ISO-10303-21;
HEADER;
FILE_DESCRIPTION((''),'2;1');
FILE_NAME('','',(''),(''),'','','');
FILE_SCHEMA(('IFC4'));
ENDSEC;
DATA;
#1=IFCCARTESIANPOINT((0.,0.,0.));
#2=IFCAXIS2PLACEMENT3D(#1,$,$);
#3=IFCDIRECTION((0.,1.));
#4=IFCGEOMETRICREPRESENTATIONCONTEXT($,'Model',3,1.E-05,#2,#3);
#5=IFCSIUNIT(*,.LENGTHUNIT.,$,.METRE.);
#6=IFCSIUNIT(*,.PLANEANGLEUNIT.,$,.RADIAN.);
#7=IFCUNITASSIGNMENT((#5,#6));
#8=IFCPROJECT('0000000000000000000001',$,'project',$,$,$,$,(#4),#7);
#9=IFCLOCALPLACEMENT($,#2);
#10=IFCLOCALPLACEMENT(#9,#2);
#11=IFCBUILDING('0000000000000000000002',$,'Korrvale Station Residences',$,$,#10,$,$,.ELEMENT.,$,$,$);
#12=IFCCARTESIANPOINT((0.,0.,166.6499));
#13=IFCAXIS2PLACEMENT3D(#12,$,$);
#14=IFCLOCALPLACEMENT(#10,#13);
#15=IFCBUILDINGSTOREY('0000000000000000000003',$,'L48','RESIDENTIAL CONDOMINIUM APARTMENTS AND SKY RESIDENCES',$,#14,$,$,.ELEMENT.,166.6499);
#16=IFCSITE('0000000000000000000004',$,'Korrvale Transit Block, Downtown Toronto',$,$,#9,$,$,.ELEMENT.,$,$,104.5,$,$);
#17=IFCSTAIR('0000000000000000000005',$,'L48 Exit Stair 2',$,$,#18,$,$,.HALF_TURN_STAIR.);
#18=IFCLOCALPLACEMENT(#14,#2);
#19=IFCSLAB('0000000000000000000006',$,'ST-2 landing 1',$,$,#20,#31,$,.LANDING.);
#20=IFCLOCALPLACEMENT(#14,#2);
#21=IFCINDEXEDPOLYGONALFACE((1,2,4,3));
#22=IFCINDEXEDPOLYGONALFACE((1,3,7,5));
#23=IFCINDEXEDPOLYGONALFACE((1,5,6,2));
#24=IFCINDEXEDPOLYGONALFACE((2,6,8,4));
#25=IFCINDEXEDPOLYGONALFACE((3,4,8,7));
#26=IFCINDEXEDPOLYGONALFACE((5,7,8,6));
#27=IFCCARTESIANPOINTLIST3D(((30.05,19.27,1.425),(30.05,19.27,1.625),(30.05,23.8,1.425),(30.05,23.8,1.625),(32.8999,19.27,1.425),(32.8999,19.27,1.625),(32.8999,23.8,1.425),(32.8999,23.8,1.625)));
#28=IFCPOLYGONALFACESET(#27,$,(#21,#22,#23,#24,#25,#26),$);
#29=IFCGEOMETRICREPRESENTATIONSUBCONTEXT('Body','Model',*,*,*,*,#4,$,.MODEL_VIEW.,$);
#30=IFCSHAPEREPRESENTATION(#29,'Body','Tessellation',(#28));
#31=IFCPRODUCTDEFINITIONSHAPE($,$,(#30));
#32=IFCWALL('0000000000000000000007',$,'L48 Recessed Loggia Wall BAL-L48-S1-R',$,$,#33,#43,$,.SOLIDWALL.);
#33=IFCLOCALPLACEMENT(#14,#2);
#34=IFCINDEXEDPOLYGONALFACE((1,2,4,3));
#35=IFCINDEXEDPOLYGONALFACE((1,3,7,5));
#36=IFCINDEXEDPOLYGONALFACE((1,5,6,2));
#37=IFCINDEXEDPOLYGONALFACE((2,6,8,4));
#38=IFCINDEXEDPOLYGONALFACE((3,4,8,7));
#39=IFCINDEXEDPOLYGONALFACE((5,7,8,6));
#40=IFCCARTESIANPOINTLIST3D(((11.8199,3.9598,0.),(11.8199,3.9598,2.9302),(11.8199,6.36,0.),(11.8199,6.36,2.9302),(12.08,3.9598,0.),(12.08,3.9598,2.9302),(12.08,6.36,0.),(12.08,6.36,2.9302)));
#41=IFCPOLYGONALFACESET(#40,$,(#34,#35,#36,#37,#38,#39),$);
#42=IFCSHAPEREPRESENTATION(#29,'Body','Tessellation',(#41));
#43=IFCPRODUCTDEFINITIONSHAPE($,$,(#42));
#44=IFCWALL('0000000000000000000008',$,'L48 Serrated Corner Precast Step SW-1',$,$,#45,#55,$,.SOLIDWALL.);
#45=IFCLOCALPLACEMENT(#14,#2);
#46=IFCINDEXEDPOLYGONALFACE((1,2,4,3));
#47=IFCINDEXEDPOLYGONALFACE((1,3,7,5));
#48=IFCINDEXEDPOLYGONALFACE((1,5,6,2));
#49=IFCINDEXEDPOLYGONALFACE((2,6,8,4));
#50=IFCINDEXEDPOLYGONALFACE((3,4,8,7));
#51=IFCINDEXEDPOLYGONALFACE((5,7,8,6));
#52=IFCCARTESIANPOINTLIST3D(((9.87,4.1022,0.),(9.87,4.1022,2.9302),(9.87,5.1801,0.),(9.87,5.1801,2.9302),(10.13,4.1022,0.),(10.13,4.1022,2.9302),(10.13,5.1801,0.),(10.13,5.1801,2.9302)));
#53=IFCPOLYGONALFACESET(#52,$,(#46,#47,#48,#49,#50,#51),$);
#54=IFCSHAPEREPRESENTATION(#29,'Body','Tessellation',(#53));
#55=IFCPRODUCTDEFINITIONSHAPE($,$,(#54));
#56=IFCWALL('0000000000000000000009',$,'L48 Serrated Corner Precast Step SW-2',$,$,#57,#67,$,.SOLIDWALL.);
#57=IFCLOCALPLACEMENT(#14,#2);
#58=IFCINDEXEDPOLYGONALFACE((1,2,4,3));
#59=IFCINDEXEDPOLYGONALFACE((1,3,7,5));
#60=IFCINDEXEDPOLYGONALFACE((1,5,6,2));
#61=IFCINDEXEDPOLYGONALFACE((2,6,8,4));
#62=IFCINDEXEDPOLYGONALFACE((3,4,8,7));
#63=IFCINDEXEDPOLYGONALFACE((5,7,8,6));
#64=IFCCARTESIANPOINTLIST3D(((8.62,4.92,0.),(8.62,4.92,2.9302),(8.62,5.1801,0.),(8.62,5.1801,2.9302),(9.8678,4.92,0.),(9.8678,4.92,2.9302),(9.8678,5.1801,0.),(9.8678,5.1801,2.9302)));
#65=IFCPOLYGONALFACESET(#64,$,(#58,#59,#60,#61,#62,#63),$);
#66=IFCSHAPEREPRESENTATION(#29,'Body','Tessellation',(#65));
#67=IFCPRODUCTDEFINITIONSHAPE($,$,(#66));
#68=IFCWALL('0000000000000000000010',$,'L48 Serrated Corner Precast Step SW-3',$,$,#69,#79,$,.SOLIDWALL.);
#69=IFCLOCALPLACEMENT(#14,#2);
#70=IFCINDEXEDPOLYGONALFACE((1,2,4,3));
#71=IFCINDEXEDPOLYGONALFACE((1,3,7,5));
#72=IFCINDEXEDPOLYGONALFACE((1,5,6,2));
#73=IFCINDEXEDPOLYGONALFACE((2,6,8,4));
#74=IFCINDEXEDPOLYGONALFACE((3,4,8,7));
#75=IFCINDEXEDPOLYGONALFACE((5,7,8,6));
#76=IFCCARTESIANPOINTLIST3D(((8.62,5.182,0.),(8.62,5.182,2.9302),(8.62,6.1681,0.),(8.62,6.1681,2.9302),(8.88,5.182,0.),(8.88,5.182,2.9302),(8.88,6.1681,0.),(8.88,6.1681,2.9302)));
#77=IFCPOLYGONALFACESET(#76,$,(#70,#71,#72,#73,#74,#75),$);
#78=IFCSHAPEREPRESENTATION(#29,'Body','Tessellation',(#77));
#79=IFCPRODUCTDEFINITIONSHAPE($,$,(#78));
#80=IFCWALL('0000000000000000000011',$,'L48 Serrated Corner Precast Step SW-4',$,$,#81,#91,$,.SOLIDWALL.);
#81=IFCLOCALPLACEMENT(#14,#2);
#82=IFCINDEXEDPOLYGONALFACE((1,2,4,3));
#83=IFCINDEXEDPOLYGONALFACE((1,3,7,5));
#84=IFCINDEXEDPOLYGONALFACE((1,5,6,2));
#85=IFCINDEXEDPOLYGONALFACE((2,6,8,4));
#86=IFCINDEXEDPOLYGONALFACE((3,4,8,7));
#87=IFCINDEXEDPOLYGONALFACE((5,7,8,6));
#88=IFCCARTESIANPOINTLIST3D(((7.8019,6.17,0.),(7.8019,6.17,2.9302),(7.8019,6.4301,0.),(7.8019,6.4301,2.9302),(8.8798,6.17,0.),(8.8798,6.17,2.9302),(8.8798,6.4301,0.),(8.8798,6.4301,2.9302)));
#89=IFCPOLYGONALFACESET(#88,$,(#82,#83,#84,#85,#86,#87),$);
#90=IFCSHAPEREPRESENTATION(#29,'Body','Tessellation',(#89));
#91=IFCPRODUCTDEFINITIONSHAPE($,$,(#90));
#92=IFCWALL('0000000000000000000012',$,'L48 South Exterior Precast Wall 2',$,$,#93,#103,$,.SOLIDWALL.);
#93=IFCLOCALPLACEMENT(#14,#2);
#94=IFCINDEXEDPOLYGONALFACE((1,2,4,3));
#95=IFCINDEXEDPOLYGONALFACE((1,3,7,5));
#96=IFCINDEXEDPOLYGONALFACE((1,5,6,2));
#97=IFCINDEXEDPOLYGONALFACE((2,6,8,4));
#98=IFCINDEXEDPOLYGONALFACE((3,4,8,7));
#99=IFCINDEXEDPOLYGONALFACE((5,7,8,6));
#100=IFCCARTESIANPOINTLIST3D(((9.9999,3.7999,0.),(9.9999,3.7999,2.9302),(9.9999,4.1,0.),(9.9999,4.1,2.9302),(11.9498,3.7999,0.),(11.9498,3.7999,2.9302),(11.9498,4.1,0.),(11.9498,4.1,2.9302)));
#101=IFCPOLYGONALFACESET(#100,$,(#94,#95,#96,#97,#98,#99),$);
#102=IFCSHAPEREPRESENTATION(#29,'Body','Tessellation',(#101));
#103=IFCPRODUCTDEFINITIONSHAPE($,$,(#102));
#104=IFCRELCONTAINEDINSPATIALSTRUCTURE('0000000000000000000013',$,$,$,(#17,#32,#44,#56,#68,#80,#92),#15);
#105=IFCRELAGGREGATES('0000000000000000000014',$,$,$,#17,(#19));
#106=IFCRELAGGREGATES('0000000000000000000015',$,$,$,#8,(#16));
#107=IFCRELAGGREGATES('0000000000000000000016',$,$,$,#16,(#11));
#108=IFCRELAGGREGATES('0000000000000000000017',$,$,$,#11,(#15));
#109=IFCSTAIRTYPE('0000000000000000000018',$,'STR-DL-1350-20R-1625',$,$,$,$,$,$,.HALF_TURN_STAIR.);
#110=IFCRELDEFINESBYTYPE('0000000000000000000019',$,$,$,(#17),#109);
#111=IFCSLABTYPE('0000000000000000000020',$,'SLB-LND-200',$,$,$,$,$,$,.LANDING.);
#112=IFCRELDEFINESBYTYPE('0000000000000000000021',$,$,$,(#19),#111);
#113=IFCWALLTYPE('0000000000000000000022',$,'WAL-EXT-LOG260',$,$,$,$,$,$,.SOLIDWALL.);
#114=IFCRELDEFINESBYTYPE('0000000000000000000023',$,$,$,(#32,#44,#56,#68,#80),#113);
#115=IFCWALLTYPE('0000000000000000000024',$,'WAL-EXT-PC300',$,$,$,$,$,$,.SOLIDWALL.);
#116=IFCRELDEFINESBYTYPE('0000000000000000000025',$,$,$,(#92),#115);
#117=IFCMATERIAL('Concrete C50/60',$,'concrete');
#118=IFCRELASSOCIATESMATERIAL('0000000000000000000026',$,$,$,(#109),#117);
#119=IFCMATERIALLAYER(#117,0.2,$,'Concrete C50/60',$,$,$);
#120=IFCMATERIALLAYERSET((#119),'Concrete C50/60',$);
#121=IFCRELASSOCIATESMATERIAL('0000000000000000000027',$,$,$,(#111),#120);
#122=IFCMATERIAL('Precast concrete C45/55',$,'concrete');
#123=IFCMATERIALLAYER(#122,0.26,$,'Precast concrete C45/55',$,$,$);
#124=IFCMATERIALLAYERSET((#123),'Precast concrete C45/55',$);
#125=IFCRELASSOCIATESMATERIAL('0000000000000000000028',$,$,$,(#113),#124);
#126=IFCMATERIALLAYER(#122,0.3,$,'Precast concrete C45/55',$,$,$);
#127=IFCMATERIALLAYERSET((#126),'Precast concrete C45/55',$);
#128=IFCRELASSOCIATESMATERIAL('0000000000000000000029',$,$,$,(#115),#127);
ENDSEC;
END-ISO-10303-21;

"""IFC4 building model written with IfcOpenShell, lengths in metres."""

from ifc_helpers import new_model, si_unit, direction, frame, frame_2d, origin, place, context, subcontext, project, spatial, polyline, rectangle, outline, extrude, material, layer, layer_set, type_object, element, aggregate, save


model = new_model("IFC4")

# Units and contexts
model_context = context("Model", 3, precision=1e-05, world=origin(), true_north=direction((0.0, 1.0)))
body_context = subcontext(model_context, "Body", "Model", "MODEL_VIEW")
ifc_project = project(units=[si_unit("LENGTHUNIT", "METRE"), si_unit("PLANEANGLEUNIT", "RADIAN")], contexts=[model_context])

# Site, building, storey
site_placement = place(None, origin())
site = spatial("IfcSite", under=ifc_project, at=site_placement, Name="Korrvale Transit Block, Downtown Toronto", CompositionType="ELEMENT", RefElevation=104.5)
building_placement = place(site_placement, origin())
building = spatial("IfcBuilding", under=site, at=building_placement, Name="Korrvale Station Residences", CompositionType="ELEMENT")
storey_placement = place(building_placement, frame((0.0, 0.0, 166.6499)))
storey = spatial("IfcBuildingStorey", under=building, at=storey_placement, Name="L48", Description="RESIDENTIAL CONDOMINIUM APARTMENTS AND SKY RESIDENCES", CompositionType="ELEMENT", Elevation=166.6499)

# Shared definitions
ifc_material_1 = material(Name="Concrete C50/60", Category="concrete")

# Stair, slab
stair_type = type_object("IfcStairType", Name="STR-DL-1350-20R-1625", PredefinedType="HALF_TURN_STAIR", material=ifc_material_1)
ifc_layer_1 = layer(ifc_material_1, 0.2, Name="Concrete C50/60")
ifc_layer_set_1 = layer_set([ifc_layer_1], Name="Concrete C50/60")
slab_type_1 = type_object("IfcSlabType", Name="SLB-LND-200", PredefinedType="LANDING", material=ifc_layer_set_1)
stair_1_placement = place(storey_placement, origin())
stair_1 = element("IfcStair", 1, at=stair_1_placement, inside=storey, type_object=stair_type, Name="L48 Exit Stair 2", PredefinedType="HALF_TURN_STAIR")
slab_1_placement = place(storey_placement, frame((0.0, 0.0, 1.425)))
slab_1 = element("IfcSlab", 2, at=slab_1_placement, type_object=slab_type_1, Name="ST-2 landing 1", PredefinedType="LANDING", context=body_context, shape_type="SweptSolid", body=[
    extrude(outline(polyline([(32.8999, 19.27), (32.8999, 23.8), (30.05, 23.8), (30.05, 19.27), (32.8999, 19.27)])), origin(), (0.0, 0.0, 1.0), 0.2),
])
aggregate(stair_1, [slab_1])

# Walls
ifc_material_2 = material(Name="Precast concrete C45/55", Category="concrete")
ifc_layer_2 = layer(ifc_material_2, 0.26, Name="Precast concrete C45/55")
ifc_layer_set_2 = layer_set([ifc_layer_2], Name="Precast concrete C45/55")
wall_type_1 = type_object("IfcWallType", Name="WAL-EXT-LOG260", PredefinedType="SOLIDWALL", material=ifc_layer_set_2)
wall_1_placement = place(storey_placement, frame((11.95, 6.3601, 0.0), z_axis=(0.0, 0.0, 1.0), x_axis=(0.0, -1.0, 0.0)))
element("IfcWall", 3, at=wall_1_placement, inside=storey, type_object=wall_type_1, Name="L48 Recessed Loggia Wall BAL-L48-S1-R", PredefinedType="SOLIDWALL", context=body_context, shape_type="SweptSolid", body=[
    extrude(rectangle(XDim=2.4001, YDim=0.26, at=frame_2d((1.2002, 0.0))), origin(), (0.0, 0.0, 1.0), 2.9302),
])
wall_2_placement = place(storey_placement, frame((10.0, 4.1021, 0.0), z_axis=(0.0, 0.0, 1.0), x_axis=(0.0, 1.0, 0.0)))
element("IfcWall", 4, at=wall_2_placement, inside=storey, type_object=wall_type_1, Name="L48 Serrated Corner Precast Step SW-1", PredefinedType="SOLIDWALL", context=body_context, shape_type="SweptSolid", body=[
    extrude(rectangle(XDim=1.0779, YDim=0.26, at=frame_2d((0.5391, 0.0))), origin(), (0.0, 0.0, 1.0), 2.9302),
])
wall_3_placement = place(storey_placement, frame((9.8679, 5.05, 0.0), z_axis=(0.0, 0.0, 1.0), x_axis=(-1.0, 0.0, 0.0)))
element("IfcWall", 5, at=wall_3_placement, inside=storey, type_object=wall_type_1, Name="L48 Serrated Corner Precast Step SW-2", PredefinedType="SOLIDWALL", context=body_context, shape_type="SweptSolid", body=[
    extrude(rectangle(XDim=1.2478, YDim=0.26, at=frame_2d((0.624, 0.0))), origin(), (0.0, 0.0, 1.0), 2.9302),
])
wall_4_placement = place(storey_placement, frame((8.75, 5.1819, 0.0), z_axis=(0.0, 0.0, 1.0), x_axis=(0.0, 1.0, 0.0)))
element("IfcWall", 6, at=wall_4_placement, inside=storey, type_object=wall_type_1, Name="L48 Serrated Corner Precast Step SW-3", PredefinedType="SOLIDWALL", context=body_context, shape_type="SweptSolid", body=[
    extrude(rectangle(XDim=0.9861, YDim=0.26, at=frame_2d((0.4932, 0.0))), origin(), (0.0, 0.0, 1.0), 2.9302),
])
wall_5_placement = place(storey_placement, frame((8.8799, 6.3, 0.0), z_axis=(0.0, 0.0, 1.0), x_axis=(-1.0, 0.0, 0.0)))
element("IfcWall", 7, at=wall_5_placement, inside=storey, type_object=wall_type_1, Name="L48 Serrated Corner Precast Step SW-4", PredefinedType="SOLIDWALL", context=body_context, shape_type="SweptSolid", body=[
    extrude(rectangle(XDim=1.0779, YDim=0.26, at=frame_2d((0.5391, 0.0))), origin(), (0.0, 0.0, 1.0), 2.9302),
])
ifc_layer_3 = layer(ifc_material_2, 0.3, Name="Precast concrete C45/55")
ifc_layer_set_3 = layer_set([ifc_layer_3], Name="Precast concrete C45/55")
wall_type_2 = type_object("IfcWallType", Name="WAL-EXT-PC300", PredefinedType="SOLIDWALL", material=ifc_layer_set_3)
wall_6_placement = place(storey_placement, frame((11.95, 3.95, 0.0), z_axis=(0.0, 0.0, 1.0), x_axis=(-1.0, 0.0, 0.0)))
element("IfcWall", 8, at=wall_6_placement, inside=storey, type_object=wall_type_2, Name="L48 South Exterior Precast Wall 2", PredefinedType="SOLIDWALL", context=body_context, shape_type="SweptSolid", body=[
    extrude(rectangle(XDim=1.95, YDim=0.3, at=frame_2d((0.9751, 0.0))), origin(), (0.0, 0.0, 1.0), 2.9302),
])

save(model, "model.ifc")
